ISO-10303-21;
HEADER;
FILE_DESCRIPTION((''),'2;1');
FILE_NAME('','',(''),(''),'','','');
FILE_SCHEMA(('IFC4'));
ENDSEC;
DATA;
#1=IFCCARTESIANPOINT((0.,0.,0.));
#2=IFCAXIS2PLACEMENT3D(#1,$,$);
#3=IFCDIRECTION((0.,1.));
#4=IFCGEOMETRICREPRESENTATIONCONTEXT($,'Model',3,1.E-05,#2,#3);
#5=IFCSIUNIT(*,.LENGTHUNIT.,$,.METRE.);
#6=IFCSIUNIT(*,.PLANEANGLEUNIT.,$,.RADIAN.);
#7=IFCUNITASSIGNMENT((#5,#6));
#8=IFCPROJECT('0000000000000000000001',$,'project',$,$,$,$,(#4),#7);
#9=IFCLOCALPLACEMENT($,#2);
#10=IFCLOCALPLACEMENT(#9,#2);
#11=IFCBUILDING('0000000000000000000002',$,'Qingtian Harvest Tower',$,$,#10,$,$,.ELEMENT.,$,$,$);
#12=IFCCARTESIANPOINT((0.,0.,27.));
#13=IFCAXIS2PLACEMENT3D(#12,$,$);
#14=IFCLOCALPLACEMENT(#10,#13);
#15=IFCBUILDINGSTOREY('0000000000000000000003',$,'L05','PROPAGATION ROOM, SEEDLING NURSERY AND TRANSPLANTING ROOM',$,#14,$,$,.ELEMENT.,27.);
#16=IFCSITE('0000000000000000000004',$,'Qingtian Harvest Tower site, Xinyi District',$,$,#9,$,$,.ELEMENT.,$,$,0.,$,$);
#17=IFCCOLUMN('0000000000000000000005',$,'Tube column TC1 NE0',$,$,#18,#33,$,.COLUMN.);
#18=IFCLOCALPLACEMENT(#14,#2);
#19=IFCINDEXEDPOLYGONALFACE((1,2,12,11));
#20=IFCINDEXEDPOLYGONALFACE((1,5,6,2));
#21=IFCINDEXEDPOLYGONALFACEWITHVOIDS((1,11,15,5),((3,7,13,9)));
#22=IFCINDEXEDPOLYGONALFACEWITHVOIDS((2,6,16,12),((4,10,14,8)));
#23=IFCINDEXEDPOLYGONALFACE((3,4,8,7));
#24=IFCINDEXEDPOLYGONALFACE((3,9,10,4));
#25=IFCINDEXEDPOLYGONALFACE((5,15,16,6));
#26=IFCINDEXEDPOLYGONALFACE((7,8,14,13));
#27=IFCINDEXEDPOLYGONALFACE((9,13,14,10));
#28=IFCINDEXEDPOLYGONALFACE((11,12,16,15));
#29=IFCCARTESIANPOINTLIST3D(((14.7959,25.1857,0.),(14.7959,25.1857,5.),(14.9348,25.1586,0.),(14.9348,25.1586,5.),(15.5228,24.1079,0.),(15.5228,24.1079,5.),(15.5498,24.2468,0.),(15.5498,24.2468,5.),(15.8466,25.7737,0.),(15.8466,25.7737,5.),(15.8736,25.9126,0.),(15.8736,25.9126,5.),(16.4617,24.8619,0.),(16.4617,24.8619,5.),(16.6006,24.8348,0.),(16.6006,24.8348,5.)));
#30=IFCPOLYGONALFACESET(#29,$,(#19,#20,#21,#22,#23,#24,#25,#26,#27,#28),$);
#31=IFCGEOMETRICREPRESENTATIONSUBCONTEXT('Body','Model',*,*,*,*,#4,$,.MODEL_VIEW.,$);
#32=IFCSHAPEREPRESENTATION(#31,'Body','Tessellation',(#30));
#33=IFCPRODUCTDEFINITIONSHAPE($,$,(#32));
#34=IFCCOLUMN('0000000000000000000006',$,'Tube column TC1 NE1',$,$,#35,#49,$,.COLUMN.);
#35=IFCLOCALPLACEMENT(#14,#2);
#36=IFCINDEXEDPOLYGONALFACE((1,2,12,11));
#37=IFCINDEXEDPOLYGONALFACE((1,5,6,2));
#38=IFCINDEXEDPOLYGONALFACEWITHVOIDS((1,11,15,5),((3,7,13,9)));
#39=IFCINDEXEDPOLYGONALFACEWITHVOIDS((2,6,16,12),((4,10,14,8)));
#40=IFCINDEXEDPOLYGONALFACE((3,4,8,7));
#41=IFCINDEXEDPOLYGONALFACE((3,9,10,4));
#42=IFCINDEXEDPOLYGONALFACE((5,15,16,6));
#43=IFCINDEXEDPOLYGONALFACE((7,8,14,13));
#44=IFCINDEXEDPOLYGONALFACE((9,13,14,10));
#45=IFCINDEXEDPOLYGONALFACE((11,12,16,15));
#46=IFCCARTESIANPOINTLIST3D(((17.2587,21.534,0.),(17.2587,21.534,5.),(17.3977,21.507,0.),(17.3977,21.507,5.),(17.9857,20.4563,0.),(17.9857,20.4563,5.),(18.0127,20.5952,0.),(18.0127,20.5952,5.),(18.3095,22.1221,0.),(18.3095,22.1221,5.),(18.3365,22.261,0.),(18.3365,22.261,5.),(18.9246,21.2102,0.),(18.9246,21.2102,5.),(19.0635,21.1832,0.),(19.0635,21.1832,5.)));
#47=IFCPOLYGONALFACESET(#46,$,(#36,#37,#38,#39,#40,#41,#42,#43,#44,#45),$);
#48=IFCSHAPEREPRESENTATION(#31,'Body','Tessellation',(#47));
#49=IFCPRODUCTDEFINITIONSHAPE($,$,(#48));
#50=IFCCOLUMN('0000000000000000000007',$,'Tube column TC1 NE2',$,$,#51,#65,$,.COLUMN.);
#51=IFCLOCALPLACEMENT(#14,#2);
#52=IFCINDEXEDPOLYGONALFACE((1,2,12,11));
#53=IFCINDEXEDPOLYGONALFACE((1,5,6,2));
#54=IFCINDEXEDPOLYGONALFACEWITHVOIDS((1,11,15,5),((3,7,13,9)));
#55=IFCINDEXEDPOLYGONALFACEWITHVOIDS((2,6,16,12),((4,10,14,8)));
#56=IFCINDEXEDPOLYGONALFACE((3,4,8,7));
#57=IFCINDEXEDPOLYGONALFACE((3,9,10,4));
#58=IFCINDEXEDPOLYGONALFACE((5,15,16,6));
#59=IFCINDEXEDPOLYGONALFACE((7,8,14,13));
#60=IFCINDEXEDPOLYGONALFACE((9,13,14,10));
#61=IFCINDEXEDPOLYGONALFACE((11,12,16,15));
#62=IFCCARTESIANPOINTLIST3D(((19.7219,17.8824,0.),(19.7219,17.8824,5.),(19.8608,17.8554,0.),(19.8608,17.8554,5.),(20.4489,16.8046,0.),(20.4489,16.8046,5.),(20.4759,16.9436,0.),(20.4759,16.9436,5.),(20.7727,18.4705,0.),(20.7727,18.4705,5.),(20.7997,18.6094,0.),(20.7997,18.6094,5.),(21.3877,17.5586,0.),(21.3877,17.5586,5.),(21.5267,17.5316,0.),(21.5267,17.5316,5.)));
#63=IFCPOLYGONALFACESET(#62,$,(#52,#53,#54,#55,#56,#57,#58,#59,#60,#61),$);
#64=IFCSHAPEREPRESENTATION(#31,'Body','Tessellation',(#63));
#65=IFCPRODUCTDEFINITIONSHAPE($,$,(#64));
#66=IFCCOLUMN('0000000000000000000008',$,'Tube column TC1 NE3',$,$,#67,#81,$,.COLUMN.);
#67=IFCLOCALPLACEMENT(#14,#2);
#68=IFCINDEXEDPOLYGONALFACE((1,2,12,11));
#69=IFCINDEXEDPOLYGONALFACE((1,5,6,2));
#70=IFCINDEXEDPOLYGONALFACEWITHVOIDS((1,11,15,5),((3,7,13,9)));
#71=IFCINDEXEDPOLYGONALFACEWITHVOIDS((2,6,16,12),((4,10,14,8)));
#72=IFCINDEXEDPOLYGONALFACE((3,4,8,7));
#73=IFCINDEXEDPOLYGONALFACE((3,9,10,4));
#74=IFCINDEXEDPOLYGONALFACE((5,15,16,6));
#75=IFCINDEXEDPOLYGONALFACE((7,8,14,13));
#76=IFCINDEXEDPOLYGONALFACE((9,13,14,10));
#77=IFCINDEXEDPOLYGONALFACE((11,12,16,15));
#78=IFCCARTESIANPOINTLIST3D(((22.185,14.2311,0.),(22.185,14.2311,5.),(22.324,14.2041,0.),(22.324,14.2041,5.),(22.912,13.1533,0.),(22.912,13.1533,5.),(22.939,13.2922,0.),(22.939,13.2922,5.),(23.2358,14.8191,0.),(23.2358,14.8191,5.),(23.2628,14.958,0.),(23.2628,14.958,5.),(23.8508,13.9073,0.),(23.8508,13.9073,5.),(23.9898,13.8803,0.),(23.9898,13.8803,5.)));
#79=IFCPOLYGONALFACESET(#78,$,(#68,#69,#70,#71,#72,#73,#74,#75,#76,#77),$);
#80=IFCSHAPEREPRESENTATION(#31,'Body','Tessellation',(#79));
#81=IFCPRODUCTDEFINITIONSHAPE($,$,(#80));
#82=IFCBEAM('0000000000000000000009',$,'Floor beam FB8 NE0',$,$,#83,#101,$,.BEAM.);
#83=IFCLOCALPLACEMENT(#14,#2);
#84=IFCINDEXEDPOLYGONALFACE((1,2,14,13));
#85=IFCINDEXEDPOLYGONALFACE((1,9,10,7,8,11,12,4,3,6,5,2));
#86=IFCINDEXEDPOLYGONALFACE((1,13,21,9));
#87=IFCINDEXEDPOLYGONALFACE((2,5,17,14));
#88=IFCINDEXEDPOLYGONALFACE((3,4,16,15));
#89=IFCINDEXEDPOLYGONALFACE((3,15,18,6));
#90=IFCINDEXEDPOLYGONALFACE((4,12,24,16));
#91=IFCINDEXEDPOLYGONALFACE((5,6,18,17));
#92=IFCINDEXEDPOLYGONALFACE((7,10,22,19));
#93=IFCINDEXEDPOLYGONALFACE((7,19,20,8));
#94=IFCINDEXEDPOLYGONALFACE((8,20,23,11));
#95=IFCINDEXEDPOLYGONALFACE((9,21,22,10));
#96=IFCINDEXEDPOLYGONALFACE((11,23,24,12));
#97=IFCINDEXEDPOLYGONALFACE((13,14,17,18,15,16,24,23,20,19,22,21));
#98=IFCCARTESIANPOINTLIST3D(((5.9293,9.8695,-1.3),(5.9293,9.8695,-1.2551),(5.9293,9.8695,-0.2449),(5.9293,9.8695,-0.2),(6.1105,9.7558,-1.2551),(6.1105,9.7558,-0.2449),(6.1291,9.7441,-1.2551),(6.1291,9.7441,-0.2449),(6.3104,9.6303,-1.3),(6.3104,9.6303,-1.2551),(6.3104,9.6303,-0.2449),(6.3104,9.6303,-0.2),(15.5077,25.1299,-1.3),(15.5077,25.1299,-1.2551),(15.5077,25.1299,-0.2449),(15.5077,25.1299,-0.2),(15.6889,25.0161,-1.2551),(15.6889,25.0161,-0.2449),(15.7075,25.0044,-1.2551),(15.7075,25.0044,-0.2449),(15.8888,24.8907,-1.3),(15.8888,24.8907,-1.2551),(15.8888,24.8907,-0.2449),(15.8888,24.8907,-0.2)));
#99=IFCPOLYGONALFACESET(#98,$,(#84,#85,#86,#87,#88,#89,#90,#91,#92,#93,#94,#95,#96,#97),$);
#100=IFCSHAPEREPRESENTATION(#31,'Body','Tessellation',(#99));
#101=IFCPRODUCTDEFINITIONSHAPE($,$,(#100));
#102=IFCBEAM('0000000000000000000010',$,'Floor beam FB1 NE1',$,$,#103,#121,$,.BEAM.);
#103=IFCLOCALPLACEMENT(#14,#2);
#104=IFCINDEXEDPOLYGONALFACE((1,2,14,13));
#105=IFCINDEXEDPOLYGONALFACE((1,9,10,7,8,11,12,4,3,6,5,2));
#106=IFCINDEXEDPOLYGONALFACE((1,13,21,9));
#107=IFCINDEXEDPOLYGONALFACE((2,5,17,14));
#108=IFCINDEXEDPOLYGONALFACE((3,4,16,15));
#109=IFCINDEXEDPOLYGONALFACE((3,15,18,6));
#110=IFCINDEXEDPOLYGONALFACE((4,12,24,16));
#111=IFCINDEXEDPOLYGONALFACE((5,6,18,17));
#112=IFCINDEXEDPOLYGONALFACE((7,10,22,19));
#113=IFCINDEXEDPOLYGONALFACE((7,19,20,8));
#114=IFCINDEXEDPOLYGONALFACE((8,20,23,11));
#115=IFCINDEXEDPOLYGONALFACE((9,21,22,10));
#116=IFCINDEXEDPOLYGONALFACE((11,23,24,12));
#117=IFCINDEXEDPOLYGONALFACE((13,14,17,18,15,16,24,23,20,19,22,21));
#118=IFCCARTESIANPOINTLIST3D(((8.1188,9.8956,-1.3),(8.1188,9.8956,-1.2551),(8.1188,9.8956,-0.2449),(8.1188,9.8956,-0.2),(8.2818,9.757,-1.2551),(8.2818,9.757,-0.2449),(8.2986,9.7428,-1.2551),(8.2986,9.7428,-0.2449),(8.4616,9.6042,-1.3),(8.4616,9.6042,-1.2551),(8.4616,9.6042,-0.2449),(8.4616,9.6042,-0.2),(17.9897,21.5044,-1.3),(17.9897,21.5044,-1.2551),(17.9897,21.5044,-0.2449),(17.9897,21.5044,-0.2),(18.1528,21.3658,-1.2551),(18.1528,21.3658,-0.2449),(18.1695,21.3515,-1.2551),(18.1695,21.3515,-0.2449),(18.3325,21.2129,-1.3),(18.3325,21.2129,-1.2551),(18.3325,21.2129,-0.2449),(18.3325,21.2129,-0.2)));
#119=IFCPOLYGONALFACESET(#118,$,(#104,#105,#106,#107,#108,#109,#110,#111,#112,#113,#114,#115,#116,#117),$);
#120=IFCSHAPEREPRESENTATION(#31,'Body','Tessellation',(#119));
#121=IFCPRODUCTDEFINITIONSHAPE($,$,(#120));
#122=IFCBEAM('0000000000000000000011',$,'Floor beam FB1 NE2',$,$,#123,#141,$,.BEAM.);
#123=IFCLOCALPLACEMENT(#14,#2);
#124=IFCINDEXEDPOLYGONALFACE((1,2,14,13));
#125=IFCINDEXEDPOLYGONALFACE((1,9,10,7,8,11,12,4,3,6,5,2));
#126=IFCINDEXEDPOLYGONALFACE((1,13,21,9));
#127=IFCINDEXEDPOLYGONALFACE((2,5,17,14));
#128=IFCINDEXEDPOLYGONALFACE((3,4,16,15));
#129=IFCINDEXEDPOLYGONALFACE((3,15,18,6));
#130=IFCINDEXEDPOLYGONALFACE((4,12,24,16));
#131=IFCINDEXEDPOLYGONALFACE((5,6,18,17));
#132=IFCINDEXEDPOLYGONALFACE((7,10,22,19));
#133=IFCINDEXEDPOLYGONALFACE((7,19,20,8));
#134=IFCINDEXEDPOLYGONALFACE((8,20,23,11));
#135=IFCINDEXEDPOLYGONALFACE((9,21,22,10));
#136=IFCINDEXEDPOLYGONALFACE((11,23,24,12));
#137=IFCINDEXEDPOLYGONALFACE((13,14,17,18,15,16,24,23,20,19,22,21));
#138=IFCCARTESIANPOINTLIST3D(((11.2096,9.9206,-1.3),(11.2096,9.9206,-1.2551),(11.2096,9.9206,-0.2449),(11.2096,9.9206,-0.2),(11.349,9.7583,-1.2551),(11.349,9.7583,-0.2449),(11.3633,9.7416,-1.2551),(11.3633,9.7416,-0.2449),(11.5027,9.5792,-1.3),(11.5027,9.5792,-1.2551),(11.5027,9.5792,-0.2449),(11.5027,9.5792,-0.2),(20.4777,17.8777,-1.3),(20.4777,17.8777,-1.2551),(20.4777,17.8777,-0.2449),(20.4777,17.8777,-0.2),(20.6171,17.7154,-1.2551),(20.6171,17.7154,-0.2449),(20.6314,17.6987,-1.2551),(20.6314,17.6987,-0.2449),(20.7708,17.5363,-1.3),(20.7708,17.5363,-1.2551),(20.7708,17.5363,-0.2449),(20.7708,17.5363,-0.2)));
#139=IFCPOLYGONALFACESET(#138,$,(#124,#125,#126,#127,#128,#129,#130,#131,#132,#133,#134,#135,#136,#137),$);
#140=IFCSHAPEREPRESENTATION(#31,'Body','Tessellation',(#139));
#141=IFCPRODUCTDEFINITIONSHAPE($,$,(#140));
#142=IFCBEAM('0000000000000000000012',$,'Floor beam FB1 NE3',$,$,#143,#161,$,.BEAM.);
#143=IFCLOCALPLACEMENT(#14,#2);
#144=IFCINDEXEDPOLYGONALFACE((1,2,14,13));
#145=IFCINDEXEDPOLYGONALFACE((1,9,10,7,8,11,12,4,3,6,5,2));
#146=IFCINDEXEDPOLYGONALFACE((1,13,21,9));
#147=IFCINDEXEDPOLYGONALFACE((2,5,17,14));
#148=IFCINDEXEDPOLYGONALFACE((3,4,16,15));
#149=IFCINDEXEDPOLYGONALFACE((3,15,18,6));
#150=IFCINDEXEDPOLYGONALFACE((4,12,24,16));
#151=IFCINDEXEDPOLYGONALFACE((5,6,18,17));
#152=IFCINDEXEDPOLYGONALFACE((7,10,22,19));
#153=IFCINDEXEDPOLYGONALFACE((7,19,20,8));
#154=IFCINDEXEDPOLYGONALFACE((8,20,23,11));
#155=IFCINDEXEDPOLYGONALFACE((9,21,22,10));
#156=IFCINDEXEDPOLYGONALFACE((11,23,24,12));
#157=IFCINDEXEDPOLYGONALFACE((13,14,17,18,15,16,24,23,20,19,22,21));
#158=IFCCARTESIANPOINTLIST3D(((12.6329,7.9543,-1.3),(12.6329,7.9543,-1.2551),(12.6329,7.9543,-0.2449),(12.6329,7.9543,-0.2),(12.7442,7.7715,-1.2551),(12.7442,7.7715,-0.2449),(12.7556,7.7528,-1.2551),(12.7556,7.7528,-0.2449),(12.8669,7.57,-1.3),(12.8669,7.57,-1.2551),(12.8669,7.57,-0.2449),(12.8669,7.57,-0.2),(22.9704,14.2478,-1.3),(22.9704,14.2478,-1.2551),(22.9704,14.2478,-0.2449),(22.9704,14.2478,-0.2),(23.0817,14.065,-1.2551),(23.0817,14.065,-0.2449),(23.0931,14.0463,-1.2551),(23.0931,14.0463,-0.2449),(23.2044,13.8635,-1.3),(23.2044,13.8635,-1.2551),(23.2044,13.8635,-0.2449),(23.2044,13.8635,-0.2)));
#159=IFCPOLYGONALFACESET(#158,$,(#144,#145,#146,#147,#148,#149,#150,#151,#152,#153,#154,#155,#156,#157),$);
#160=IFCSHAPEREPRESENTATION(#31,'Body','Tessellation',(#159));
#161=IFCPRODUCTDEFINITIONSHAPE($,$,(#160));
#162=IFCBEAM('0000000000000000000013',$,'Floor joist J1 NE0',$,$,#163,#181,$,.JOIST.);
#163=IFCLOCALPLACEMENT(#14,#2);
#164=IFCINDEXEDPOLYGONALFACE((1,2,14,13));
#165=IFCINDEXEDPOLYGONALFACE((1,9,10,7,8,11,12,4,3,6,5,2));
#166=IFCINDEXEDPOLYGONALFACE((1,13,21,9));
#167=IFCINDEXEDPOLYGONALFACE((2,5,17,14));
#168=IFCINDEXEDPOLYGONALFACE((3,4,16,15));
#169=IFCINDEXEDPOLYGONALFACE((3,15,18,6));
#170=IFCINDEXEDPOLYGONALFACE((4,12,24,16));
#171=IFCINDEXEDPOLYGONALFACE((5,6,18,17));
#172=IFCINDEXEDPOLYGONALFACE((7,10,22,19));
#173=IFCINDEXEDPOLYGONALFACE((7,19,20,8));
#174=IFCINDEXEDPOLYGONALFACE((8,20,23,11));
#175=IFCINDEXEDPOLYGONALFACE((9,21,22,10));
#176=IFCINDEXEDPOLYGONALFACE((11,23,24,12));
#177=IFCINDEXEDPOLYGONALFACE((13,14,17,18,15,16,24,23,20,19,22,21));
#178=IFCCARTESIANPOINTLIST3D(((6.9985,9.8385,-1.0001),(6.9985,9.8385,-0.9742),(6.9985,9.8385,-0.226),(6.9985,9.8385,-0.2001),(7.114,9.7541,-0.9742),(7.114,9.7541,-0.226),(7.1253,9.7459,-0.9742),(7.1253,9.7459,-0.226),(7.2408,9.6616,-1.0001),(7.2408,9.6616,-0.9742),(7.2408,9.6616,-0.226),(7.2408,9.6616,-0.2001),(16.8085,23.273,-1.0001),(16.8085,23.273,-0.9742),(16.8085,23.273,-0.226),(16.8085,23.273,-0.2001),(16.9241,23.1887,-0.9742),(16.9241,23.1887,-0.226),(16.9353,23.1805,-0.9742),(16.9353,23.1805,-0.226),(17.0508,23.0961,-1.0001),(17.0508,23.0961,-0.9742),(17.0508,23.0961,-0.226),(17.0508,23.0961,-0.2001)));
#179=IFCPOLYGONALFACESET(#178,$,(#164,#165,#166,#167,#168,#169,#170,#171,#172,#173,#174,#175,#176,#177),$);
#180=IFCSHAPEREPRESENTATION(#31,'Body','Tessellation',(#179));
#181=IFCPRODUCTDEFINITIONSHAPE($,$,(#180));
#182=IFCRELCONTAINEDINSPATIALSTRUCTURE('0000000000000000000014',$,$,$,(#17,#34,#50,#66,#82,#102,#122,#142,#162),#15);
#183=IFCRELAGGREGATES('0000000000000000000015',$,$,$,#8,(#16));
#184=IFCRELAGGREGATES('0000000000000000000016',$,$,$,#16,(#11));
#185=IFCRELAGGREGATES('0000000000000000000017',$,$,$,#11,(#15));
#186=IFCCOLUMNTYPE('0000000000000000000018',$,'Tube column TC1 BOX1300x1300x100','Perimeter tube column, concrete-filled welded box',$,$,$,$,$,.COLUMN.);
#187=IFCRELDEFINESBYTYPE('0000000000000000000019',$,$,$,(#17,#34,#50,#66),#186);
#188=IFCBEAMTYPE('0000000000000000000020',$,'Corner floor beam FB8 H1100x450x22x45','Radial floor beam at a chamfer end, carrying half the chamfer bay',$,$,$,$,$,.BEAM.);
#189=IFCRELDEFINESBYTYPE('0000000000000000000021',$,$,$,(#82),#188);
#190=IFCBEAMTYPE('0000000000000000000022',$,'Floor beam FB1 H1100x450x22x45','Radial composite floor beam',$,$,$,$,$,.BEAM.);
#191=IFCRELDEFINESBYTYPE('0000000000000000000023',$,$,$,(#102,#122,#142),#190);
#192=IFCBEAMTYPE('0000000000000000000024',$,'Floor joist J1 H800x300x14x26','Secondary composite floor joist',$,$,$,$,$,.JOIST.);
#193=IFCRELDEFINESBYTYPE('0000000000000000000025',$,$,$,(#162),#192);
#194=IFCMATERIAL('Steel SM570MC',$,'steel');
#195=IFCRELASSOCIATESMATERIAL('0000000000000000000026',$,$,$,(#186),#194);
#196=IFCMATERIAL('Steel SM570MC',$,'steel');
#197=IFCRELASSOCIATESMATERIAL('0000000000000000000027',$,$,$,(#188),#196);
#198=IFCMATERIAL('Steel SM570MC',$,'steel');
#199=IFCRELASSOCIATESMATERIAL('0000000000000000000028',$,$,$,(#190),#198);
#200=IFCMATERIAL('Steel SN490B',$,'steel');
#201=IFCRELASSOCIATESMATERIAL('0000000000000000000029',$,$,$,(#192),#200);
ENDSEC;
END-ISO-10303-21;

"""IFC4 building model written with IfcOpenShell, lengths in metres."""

from ifc_helpers import new_model, si_unit, direction, frame, origin, origin_2d, place, context, subcontext, project, spatial, hollow_rectangle, i_section, extrude, material, material_profile, profile_set, type_object, element, save


model = new_model("IFC4")

# Units and contexts
model_context = context("Model", 3, precision=1e-05, world=origin(), true_north=direction((0.0, 1.0)))
body_context = subcontext(model_context, "Body", "Model", "MODEL_VIEW")
ifc_project = project(units=[si_unit("LENGTHUNIT", "METRE"), si_unit("PLANEANGLEUNIT", "RADIAN")], contexts=[model_context])

# Site, building, storey
site_placement = place(None, origin())
site = spatial("IfcSite", under=ifc_project, at=site_placement, Name="Qingtian Harvest Tower site, Xinyi District", CompositionType="ELEMENT", RefElevation=0.0)
building_placement = place(site_placement, origin())
building = spatial("IfcBuilding", under=site, at=building_placement, Name="Qingtian Harvest Tower", CompositionType="ELEMENT")
storey_placement = place(building_placement, frame((0.0, 0.0, 27.0)))
storey = spatial("IfcBuildingStorey", under=building, at=storey_placement, Name="L05", Description="PROPAGATION ROOM, SEEDLING NURSERY AND TRANSPLANTING ROOM", CompositionType="ELEMENT", Elevation=27.0)

# Columns
ifc_material_1 = material(Name="Steel SM570MC", Category="steel")
ifc_material_profile_1 = material_profile(ifc_material_1, hollow_rectangle(XDim=1.3, YDim=1.3, WallThickness=0.1001, at=origin_2d()), Name="BOX1300x1300x100")
ifc_profile_set_1 = profile_set([ifc_material_profile_1], Name="Steel SM570MC")
column_type = type_object("IfcColumnType", Name="Tube column TC1 BOX1300x1300x100", Description="Perimeter tube column, concrete-filled welded box", PredefinedType="COLUMN", material=ifc_profile_set_1)
for number, where, z_axis, x_axis, name in (
    (1, (15.6982, 25.0103, 0.0), (0.0, 0.0, 1.0), (-0.559193, 0.829038, 0.0), "Tube column TC1 NE0"),
    (2, (18.1611, 21.3586, 0.0), (0.0, 0.0, 1.0), (-0.559193, 0.829038, 0.0), "Tube column TC1 NE1"),
    (3, (20.6243, 17.707, 0.0), (0.0, 0.0, 1.0), (-0.559193, 0.829038, 0.0), "Tube column TC1 NE2"),
    (4, (23.0874, 14.0557, 0.0), (0.0, 0.0, 1.0), (-0.559193, 0.829038, 0.0), "Tube column TC1 NE3"),
):
    element("IfcColumn", number, at=place(storey_placement, frame(where, z_axis=z_axis, x_axis=x_axis)), inside=storey, type_object=column_type, Name=name, PredefinedType="COLUMN", context=body_context, shape_type="SweptSolid", body=[
        extrude(hollow_rectangle(XDim=1.3, YDim=1.3, WallThickness=0.1001, at=origin_2d()), origin(), (0.0, 0.0, 1.0), 5.0),
    ])

# Beams
ifc_material_2 = material(Name="Steel SM570MC", Category="steel")
ifc_material_profile_2 = material_profile(ifc_material_2, i_section(OverallWidth=0.45, OverallDepth=1.1001, WebThickness=0.022, FlangeThickness=0.0449, at=origin_2d()), Name="H1100x450x22x45")
ifc_profile_set_2 = profile_set([ifc_material_profile_2], Name="Steel SM570MC")
beam_type_1 = type_object("IfcBeamType", Name="Corner floor beam FB8 H1100x450x22x45", Description="Radial floor beam at a chamfer end, carrying half the chamfer bay", PredefinedType="BEAM", material=ifc_profile_set_2)
beam_1_placement = place(storey_placement, frame((15.6982, 25.0103, -0.75), z_axis=(-0.531623, -0.846981, 0.0), x_axis=(0.846981, -0.531623, 0.0)))
element("IfcBeam", 5, at=beam_1_placement, inside=storey, type_object=beam_type_1, Name="Floor beam FB8 NE0", PredefinedType="BEAM", context=body_context, shape_type="SweptSolid", body=[
    extrude(i_section(OverallWidth=0.45, OverallDepth=1.1001, WebThickness=0.022, FlangeThickness=0.0449, at=origin_2d()), origin(), (0.0, 0.0, 1.0), 18.0173),
])
ifc_material_3 = material(Name="Steel SM570MC", Category="steel")
ifc_material_profile_3 = material_profile(ifc_material_3, i_section(OverallWidth=0.45, OverallDepth=1.1001, WebThickness=0.022, FlangeThickness=0.0449, at=origin_2d()), Name="H1100x450x22x45")
ifc_profile_set_3 = profile_set([ifc_material_profile_3], Name="Steel SM570MC")
beam_type_2 = type_object("IfcBeamType", Name="Floor beam FB1 H1100x450x22x45", Description="Radial composite floor beam", PredefinedType="BEAM", material=ifc_profile_set_3)
beam_2_placement = place(storey_placement, frame((18.1611, 21.3586, -0.75), z_axis=(-0.647782, -0.761826, 0.0), x_axis=(0.761826, -0.647782, 0.0)))
element("IfcBeam", 6, at=beam_2_placement, inside=storey, type_object=beam_type_2, Name="Floor beam FB1 NE1", PredefinedType="BEAM", context=body_context, shape_type="SweptSolid", body=[
    extrude(i_section(OverallWidth=0.45, OverallDepth=1.1001, WebThickness=0.022, FlangeThickness=0.0449, at=origin_2d()), origin(), (0.0, 0.0, 1.0), 15.238),
])
beam_3_placement = place(storey_placement, frame((20.6243, 17.707, -0.75), z_axis=(-0.758732, -0.651403, 0.0), x_axis=(0.651403, -0.758732, 0.0)))
element("IfcBeam", 7, at=beam_3_placement, inside=storey, type_object=beam_type_2, Name="Floor beam FB1 NE2", PredefinedType="BEAM", context=body_context, shape_type="SweptSolid", body=[
    extrude(i_section(OverallWidth=0.45, OverallDepth=1.1001, WebThickness=0.022, FlangeThickness=0.0449, at=origin_2d()), origin(), (0.0, 0.0, 1.0), 12.2153),
])
beam_4_placement = place(storey_placement, frame((23.0874, 14.0557, -0.75), z_axis=(-0.854157, -0.520015, 0.0), x_axis=(0.520015, -0.854157, 0.0)))
element("IfcBeam", 8, at=beam_4_placement, inside=storey, type_object=beam_type_2, Name="Floor beam FB1 NE3", PredefinedType="BEAM", context=body_context, shape_type="SweptSolid", body=[
    extrude(i_section(OverallWidth=0.45, OverallDepth=1.1001, WebThickness=0.022, FlangeThickness=0.0449, at=origin_2d()), origin(), (0.0, 0.0, 1.0), 12.1025),
])
ifc_material_4 = material(Name="Steel SN490B", Category="steel")
ifc_material_profile_4 = material_profile(ifc_material_4, i_section(OverallWidth=0.3, OverallDepth=0.8, WebThickness=0.0139, FlangeThickness=0.0259, at=origin_2d()), Name="H800x300x14x26")
ifc_profile_set_4 = profile_set([ifc_material_profile_4], Name="Steel SN490B")
beam_type_3 = type_object("IfcBeamType", Name="Floor joist J1 H800x300x14x26", Description="Secondary composite floor joist", PredefinedType="JOIST", material=ifc_profile_set_4)
beam_5_placement = place(storey_placement, frame((16.9297, 23.1846, -0.6001), z_axis=(-0.589722, -0.807606, 0.0), x_axis=(0.807606, -0.589722, 0.0)))
element("IfcBeam", 9, at=beam_5_placement, inside=storey, type_object=beam_type_3, Name="Floor joist J1 NE0", PredefinedType="JOIST", context=body_context, shape_type="SweptSolid", body=[
    extrude(i_section(OverallWidth=0.3, OverallDepth=0.8, WebThickness=0.0139, FlangeThickness=0.0259, at=origin_2d()), origin(), (0.0, 0.0, 1.0), 16.635),
])

save(model, "model.ifc")
